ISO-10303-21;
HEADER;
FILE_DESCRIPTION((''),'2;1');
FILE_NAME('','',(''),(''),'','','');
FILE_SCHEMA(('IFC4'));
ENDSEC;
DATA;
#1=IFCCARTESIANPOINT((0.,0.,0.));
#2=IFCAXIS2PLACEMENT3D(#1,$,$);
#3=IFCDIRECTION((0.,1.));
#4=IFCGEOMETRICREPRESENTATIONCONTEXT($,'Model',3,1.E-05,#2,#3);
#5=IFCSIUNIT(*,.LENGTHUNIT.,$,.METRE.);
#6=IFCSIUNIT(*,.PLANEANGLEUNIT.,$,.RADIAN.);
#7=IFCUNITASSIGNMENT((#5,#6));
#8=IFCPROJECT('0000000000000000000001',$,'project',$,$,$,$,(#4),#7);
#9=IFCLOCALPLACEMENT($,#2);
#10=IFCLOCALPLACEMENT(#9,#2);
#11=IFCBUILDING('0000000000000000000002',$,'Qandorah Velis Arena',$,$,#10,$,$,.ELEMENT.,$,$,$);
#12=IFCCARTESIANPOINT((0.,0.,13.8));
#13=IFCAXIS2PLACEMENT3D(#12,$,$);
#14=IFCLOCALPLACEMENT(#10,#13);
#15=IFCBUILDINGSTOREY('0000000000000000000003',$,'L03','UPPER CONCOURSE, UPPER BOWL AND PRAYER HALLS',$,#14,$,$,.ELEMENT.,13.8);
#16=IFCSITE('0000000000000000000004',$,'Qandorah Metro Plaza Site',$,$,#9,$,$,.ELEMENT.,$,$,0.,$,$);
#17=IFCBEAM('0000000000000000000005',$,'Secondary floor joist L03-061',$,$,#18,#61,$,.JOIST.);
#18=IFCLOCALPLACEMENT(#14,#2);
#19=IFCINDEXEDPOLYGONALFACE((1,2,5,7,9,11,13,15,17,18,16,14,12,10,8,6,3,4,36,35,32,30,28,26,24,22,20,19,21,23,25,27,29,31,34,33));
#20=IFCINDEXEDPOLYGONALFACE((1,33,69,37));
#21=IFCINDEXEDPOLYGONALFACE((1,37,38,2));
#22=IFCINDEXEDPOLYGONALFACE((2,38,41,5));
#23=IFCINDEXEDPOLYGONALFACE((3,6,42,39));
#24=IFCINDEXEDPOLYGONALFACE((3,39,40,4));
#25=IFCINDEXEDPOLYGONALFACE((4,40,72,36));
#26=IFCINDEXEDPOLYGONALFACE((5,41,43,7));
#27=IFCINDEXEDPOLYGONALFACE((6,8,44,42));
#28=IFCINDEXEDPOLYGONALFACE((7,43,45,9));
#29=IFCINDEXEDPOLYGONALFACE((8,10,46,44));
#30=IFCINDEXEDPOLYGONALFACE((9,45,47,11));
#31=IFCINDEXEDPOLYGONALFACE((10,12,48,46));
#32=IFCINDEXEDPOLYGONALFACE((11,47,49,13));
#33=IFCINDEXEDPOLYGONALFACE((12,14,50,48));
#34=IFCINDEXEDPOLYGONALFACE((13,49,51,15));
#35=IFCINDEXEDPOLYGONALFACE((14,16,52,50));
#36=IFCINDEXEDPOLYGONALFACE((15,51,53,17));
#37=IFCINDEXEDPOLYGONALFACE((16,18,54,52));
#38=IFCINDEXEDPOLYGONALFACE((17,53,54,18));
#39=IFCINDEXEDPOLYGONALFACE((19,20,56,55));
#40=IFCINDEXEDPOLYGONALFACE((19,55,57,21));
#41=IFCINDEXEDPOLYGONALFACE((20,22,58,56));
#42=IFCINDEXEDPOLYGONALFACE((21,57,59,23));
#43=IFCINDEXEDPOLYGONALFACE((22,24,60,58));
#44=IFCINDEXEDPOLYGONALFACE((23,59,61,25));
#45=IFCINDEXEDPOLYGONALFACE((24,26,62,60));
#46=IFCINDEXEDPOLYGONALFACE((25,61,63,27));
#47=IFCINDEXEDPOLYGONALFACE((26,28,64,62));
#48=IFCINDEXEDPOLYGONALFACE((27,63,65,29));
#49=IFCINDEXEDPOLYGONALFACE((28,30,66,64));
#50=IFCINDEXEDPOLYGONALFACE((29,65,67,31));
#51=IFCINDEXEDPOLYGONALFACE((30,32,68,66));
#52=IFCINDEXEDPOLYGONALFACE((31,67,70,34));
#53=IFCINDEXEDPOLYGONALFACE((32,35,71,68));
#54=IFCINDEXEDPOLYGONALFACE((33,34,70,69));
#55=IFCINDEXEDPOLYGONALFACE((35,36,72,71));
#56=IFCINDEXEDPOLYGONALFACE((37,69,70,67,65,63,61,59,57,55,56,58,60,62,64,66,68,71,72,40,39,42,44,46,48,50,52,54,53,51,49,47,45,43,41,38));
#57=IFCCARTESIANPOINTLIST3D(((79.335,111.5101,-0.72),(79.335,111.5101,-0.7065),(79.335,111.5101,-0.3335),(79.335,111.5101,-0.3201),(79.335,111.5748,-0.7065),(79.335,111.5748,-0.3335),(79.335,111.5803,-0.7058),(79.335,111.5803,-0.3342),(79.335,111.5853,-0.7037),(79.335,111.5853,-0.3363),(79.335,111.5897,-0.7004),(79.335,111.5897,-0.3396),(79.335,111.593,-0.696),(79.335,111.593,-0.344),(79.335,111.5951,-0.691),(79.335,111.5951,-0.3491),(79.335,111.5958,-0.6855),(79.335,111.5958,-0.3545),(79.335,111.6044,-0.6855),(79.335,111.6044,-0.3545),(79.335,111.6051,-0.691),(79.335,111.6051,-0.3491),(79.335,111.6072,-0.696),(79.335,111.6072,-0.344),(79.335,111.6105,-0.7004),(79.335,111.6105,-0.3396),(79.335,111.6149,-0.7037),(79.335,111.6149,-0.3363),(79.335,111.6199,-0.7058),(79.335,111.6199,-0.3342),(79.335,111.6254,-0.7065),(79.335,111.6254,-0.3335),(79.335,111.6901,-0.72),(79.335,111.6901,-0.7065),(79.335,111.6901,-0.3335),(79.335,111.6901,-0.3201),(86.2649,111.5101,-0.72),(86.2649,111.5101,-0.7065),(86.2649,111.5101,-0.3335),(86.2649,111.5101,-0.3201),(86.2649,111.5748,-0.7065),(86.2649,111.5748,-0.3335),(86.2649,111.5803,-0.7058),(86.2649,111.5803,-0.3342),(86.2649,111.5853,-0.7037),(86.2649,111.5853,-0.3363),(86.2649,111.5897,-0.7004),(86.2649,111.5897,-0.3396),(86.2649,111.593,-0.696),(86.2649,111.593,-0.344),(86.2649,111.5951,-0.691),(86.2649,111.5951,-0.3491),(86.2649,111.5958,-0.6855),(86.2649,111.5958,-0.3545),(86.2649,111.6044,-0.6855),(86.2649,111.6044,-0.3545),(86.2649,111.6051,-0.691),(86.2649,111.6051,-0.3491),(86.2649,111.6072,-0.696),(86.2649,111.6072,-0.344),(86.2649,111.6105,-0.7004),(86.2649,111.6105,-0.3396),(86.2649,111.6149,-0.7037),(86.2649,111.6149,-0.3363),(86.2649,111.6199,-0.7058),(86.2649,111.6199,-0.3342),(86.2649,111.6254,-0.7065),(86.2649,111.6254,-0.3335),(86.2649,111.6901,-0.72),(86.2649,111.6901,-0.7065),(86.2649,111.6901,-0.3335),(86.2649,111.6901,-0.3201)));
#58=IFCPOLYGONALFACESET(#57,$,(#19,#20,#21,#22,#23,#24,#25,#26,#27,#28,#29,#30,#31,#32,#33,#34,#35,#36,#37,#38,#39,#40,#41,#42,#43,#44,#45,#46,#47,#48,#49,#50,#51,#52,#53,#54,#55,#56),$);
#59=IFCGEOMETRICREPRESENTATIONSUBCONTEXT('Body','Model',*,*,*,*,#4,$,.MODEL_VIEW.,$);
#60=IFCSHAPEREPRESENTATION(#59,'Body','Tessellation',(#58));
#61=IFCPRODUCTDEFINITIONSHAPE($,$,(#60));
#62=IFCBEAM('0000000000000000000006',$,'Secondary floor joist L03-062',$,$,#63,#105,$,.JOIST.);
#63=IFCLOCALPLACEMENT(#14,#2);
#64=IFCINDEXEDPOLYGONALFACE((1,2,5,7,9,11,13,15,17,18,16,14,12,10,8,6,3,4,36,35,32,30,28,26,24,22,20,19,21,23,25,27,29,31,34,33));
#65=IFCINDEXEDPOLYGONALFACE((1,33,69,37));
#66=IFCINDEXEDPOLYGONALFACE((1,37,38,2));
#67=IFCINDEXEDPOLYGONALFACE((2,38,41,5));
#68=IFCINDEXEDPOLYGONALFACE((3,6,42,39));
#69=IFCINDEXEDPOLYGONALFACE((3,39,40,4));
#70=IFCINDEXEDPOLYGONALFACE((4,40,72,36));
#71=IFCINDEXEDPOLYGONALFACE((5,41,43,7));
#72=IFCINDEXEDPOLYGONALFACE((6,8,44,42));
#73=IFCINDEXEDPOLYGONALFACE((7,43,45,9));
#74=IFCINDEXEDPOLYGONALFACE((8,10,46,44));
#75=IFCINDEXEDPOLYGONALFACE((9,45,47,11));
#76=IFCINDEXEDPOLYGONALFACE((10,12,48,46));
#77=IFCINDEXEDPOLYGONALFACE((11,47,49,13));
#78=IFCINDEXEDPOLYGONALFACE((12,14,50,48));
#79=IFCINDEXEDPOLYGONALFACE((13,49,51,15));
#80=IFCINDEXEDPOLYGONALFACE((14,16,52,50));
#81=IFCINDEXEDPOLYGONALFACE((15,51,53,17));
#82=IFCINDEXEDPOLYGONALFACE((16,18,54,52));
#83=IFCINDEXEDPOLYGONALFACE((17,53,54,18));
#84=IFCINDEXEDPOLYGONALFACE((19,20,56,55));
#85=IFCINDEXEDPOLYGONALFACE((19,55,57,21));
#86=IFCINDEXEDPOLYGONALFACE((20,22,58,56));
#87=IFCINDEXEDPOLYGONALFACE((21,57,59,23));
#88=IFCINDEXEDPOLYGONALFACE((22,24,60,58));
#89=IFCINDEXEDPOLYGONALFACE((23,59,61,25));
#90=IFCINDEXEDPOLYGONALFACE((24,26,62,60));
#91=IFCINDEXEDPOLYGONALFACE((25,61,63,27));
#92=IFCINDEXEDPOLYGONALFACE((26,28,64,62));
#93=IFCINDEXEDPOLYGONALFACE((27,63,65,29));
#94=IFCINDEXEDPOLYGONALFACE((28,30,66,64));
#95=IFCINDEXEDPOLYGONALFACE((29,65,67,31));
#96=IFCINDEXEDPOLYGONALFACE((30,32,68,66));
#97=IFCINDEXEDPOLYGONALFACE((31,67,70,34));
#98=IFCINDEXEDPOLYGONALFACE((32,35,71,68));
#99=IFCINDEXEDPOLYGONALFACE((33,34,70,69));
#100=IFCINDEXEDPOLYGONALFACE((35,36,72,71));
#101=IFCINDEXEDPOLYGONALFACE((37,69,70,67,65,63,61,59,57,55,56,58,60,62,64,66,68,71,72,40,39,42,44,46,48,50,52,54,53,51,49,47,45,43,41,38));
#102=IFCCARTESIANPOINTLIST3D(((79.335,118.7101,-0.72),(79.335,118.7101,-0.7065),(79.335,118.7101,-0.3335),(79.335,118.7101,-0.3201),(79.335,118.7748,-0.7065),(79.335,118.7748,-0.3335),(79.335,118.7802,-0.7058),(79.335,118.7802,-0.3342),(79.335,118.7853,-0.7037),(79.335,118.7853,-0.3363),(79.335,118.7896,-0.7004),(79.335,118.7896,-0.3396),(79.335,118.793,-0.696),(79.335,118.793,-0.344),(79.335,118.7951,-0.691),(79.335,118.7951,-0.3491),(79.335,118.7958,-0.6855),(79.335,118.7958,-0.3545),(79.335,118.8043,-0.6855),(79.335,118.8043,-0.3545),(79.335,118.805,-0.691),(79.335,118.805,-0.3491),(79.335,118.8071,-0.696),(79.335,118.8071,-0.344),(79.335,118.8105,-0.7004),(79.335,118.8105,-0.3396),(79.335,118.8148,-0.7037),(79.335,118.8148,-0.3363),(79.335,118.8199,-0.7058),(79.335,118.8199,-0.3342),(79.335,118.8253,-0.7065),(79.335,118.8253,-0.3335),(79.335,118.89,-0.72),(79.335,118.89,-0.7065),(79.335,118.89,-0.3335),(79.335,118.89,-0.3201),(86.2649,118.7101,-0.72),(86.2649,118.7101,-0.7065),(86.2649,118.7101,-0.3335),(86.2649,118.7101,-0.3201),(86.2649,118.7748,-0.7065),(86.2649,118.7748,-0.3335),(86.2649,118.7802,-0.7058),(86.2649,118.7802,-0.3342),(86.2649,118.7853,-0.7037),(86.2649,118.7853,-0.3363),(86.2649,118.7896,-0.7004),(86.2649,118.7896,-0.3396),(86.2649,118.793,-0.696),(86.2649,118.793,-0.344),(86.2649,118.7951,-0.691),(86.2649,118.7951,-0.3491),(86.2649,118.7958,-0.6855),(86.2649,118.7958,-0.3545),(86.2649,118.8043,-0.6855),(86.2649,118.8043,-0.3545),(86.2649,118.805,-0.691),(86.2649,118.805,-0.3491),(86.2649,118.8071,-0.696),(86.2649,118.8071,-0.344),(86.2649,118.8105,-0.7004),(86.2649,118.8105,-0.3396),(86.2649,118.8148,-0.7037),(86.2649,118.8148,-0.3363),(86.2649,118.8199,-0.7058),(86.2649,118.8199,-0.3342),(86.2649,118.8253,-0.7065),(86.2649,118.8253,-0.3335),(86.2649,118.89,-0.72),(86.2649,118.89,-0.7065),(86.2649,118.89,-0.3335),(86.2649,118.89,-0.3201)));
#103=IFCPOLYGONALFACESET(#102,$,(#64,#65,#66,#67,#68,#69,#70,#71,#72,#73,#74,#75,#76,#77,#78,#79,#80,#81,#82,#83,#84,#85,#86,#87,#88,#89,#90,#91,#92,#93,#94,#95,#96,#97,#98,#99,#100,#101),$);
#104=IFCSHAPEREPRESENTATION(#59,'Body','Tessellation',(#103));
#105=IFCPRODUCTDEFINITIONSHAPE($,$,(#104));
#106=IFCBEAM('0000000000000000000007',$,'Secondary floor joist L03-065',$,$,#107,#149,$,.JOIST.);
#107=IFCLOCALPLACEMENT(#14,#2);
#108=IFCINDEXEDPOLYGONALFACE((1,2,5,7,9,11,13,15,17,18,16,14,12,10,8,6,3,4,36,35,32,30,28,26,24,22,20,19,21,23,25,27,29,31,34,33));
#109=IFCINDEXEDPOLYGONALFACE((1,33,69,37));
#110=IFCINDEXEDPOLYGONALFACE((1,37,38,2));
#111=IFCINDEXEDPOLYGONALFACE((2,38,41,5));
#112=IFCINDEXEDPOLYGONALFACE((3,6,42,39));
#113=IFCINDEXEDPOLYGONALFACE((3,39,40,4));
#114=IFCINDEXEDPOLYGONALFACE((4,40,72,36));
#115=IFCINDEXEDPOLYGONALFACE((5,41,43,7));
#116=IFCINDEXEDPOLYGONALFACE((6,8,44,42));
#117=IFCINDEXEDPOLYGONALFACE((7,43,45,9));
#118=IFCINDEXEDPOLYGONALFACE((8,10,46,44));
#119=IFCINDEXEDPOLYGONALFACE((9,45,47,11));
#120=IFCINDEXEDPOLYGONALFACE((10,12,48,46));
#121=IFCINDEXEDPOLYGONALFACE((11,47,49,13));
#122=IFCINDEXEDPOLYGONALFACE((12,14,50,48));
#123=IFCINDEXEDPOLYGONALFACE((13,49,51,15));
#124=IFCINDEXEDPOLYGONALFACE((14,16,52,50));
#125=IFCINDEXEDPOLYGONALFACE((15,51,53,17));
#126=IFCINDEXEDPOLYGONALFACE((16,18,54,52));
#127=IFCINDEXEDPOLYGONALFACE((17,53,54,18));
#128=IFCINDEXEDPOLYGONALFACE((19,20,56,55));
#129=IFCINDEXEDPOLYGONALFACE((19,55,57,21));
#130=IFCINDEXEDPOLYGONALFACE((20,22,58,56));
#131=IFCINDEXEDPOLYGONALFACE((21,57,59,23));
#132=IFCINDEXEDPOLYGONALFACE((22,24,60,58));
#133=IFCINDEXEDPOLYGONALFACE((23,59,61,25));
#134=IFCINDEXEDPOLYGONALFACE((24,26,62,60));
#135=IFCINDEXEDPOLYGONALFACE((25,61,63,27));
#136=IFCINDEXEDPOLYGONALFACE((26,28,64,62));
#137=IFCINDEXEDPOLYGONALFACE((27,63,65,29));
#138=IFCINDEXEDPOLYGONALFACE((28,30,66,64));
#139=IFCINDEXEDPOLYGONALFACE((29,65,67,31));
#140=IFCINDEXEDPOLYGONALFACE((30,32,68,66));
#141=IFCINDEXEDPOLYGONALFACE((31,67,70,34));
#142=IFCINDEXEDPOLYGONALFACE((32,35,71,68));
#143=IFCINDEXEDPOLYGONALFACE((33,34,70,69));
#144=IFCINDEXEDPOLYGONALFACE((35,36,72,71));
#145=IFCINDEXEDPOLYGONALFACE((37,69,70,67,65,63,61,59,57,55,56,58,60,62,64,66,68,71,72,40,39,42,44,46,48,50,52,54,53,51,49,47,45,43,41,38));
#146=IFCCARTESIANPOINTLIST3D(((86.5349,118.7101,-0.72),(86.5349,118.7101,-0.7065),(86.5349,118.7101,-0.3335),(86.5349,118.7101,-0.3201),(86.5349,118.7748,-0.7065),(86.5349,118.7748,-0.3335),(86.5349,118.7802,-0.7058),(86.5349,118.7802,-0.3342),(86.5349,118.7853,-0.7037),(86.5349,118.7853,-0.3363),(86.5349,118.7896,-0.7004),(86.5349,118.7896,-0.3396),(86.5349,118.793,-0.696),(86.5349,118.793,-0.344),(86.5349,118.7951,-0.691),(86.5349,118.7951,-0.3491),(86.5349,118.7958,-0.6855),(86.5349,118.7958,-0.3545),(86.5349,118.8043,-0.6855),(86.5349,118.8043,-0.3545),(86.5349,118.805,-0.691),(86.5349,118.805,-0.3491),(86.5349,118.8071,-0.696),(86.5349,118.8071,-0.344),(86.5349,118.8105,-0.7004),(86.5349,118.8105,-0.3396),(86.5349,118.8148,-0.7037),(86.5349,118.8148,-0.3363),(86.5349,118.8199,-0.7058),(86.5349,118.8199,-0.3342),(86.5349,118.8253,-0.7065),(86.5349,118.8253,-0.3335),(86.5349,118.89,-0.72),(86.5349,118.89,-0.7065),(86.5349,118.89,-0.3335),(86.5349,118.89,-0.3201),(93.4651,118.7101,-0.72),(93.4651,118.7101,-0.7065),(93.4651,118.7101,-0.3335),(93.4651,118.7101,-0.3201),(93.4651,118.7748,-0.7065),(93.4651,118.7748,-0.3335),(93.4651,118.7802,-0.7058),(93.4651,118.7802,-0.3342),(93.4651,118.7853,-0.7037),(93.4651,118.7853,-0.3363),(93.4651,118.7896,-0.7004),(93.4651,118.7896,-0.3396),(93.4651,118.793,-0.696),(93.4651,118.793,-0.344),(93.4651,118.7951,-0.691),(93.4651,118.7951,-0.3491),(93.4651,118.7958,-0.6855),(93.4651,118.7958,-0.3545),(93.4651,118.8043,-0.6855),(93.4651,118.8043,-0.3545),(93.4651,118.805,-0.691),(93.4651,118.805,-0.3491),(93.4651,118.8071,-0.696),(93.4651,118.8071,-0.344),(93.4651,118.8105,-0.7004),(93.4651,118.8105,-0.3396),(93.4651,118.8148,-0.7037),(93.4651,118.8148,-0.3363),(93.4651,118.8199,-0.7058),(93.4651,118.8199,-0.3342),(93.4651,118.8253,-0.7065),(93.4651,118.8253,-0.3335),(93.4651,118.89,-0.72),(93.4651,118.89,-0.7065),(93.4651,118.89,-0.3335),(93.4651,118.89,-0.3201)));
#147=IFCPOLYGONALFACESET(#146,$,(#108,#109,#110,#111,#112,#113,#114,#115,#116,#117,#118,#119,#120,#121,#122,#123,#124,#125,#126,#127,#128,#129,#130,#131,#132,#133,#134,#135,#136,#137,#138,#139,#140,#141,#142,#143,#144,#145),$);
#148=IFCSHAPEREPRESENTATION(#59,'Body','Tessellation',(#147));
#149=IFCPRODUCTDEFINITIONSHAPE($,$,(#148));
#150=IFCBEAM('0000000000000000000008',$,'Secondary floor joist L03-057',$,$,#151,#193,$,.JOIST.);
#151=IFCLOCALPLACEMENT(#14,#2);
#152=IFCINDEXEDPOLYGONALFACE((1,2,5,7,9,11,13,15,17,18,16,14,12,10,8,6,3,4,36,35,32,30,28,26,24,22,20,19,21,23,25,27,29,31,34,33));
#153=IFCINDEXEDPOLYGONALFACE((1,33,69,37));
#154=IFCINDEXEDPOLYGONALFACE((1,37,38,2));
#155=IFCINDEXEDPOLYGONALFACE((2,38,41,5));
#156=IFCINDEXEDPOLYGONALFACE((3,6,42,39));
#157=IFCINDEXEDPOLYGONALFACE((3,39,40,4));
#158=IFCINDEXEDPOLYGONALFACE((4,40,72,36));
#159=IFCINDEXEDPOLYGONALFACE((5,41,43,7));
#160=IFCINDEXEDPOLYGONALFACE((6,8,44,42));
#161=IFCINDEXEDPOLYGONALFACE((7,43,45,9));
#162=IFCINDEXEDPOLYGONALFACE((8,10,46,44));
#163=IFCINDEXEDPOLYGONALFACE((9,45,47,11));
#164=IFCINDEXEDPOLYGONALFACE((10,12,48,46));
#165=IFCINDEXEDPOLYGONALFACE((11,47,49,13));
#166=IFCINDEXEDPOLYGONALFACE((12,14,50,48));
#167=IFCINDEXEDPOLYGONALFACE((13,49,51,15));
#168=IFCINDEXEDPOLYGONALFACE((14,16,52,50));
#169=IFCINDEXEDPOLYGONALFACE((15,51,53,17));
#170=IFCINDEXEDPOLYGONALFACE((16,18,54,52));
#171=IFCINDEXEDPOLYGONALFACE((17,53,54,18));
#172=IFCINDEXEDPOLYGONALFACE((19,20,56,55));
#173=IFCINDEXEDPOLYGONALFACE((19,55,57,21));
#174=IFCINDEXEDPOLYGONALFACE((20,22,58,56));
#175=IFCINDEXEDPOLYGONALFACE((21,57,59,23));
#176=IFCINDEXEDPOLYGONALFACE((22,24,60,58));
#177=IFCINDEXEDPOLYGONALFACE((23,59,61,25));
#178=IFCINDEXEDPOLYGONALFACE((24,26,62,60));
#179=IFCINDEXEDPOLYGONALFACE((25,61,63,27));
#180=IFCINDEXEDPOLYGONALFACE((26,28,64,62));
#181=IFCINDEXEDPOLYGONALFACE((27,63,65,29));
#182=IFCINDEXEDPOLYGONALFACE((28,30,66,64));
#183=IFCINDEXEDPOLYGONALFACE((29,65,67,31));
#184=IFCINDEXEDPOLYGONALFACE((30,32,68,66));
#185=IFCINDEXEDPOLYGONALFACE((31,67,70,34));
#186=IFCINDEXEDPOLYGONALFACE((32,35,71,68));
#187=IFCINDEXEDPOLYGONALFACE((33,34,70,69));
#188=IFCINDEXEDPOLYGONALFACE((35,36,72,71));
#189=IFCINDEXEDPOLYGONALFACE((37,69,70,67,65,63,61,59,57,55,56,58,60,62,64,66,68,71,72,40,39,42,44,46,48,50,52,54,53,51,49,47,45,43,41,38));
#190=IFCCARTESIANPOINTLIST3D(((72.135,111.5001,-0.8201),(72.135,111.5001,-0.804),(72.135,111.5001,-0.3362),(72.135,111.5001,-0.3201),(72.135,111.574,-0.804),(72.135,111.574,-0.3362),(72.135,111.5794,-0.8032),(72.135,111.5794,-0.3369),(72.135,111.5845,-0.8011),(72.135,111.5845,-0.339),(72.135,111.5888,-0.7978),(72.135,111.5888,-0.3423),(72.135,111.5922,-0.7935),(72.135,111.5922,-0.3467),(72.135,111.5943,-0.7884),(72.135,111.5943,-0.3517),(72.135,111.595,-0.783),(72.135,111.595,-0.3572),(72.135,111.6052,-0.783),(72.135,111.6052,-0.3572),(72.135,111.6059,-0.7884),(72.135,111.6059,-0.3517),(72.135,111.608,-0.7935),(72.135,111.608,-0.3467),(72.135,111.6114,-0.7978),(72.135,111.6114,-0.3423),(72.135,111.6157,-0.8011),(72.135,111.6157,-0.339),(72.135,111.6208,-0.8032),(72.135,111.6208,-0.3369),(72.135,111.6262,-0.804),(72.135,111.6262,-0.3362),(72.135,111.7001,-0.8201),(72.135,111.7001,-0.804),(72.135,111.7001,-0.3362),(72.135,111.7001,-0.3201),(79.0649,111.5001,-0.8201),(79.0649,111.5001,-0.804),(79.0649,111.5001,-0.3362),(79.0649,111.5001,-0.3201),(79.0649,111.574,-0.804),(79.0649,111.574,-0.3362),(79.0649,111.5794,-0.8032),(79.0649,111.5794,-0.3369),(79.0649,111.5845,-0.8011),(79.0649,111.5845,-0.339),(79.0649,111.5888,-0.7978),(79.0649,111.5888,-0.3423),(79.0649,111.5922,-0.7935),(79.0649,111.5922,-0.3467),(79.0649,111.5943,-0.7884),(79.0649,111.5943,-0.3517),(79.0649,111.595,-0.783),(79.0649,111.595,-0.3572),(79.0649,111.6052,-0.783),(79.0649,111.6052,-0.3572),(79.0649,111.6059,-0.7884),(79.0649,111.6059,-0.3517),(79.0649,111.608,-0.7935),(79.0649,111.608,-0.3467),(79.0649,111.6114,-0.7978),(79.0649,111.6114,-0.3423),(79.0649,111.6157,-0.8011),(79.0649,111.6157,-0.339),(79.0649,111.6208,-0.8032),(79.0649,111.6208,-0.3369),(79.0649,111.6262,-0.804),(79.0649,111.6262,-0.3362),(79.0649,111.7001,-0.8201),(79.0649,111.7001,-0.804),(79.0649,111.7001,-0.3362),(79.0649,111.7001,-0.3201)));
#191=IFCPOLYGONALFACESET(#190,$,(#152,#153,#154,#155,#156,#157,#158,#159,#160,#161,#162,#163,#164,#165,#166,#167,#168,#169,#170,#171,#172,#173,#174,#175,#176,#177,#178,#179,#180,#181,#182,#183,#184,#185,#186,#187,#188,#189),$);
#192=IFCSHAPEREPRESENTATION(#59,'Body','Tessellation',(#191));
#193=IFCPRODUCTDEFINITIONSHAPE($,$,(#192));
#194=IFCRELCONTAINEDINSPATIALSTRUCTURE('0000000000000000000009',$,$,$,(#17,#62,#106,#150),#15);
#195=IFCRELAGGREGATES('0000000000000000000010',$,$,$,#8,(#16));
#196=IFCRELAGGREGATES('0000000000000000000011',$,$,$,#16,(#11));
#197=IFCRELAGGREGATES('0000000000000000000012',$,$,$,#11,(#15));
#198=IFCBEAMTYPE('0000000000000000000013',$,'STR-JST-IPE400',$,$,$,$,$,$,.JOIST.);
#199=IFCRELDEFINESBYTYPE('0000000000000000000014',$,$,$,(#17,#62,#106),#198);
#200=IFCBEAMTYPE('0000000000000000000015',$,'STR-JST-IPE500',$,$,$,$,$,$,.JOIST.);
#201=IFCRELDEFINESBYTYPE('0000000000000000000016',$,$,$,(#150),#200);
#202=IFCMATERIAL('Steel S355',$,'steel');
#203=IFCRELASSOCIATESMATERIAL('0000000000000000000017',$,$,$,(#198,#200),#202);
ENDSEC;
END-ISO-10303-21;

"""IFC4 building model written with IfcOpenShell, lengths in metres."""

from ifc_helpers import new_model, si_unit, direction, frame, origin, origin_2d, place, context, subcontext, project, spatial, i_section, extrude, material, material_profile, profile_set, type_object, element, save


model = new_model("IFC4")

# Units and contexts
model_context = context("Model", 3, precision=1e-05, world=origin(), true_north=direction((0.0, 1.0)))
body_context = subcontext(model_context, "Body", "Model", "MODEL_VIEW")
ifc_project = project(units=[si_unit("LENGTHUNIT", "METRE"), si_unit("PLANEANGLEUNIT", "RADIAN")], contexts=[model_context])

# Site, building, storey
site_placement = place(None, origin())
site = spatial("IfcSite", under=ifc_project, at=site_placement, Name="Qandorah Metro Plaza Site", CompositionType="ELEMENT", RefElevation=0.0)
building_placement = place(site_placement, origin())
building = spatial("IfcBuilding", under=site, at=building_placement, Name="Qandorah Velis Arena", CompositionType="ELEMENT")
storey_placement = place(building_placement, frame((0.0, 0.0, 13.8)))
storey = spatial("IfcBuildingStorey", under=building, at=storey_placement, Name="L03", Description="UPPER CONCOURSE, UPPER BOWL AND PRAYER HALLS", CompositionType="ELEMENT", Elevation=13.8)

# Beams
ifc_material_1 = material(Name="Steel S355", Category="steel")
ifc_material_profile_1 = material_profile(ifc_material_1, i_section(OverallWidth=0.1799, OverallDepth=0.3999, WebThickness=0.0085, FlangeThickness=0.0134, FilletRadius=0.021, at=origin_2d()), Name="IPE 400")
ifc_profile_set_1 = profile_set([ifc_material_profile_1], Name="Steel S355")
beam_type_1 = type_object("IfcBeamType", Name="STR-JST-IPE400", PredefinedType="JOIST", material=ifc_profile_set_1)
for number, where, z_axis, x_axis, name in (
    (1, (79.335, 111.6001, -0.52), (1.0, 0.0, 0.0), (0.0, 1.0, 0.0), "Secondary floor joist L03-061"),
    (2, (79.335, 118.8, -0.52), (1.0, 0.0, 0.0), (0.0, 1.0, 0.0), "Secondary floor joist L03-062"),
):
    element("IfcBeam", number, at=place(storey_placement, frame(where, z_axis=z_axis, x_axis=x_axis)), inside=storey, type_object=beam_type_1, Name=name, PredefinedType="JOIST", context=body_context, shape_type="SweptSolid", body=[
        extrude(i_section(OverallWidth=0.1799, OverallDepth=0.3999, WebThickness=0.0085, FlangeThickness=0.0134, FilletRadius=0.021, at=origin_2d()), origin(), (0.0, 0.0, 1.0), 6.9299),
    ])
beam_1_placement = place(storey_placement, frame((86.5349, 118.8, -0.52), z_axis=(1.0, 0.0, 0.0), x_axis=(0.0, 1.0, 0.0)))
element("IfcBeam", 3, at=beam_1_placement, inside=storey, type_object=beam_type_1, Name="Secondary floor joist L03-065", PredefinedType="JOIST", context=body_context, shape_type="SweptSolid", body=[
    extrude(i_section(OverallWidth=0.1799, OverallDepth=0.3999, WebThickness=0.0085, FlangeThickness=0.0134, FilletRadius=0.021, at=origin_2d()), origin(), (0.0, 0.0, 1.0), 6.9302),
])
ifc_material_profile_2 = material_profile(ifc_material_1, i_section(OverallWidth=0.2, OverallDepth=0.5, WebThickness=0.0103, FlangeThickness=0.0161, FilletRadius=0.021, at=origin_2d()), Name="IPE 500")
ifc_profile_set_2 = profile_set([ifc_material_profile_2], Name="Steel S355")
beam_type_2 = type_object("IfcBeamType", Name="STR-JST-IPE500", PredefinedType="JOIST", material=ifc_profile_set_2)
beam_2_placement = place(storey_placement, frame((72.135, 111.6001, -0.5701), z_axis=(1.0, 0.0, 0.0), x_axis=(0.0, 1.0, 0.0)))
element("IfcBeam", 4, at=beam_2_placement, inside=storey, type_object=beam_type_2, Name="Secondary floor joist L03-057", PredefinedType="JOIST", context=body_context, shape_type="SweptSolid", body=[
    extrude(i_section(OverallWidth=0.2, OverallDepth=0.5, WebThickness=0.0103, FlangeThickness=0.0161, FilletRadius=0.021, at=origin_2d()), origin(), (0.0, 0.0, 1.0), 6.9299),
])

save(model, "model.ifc")
